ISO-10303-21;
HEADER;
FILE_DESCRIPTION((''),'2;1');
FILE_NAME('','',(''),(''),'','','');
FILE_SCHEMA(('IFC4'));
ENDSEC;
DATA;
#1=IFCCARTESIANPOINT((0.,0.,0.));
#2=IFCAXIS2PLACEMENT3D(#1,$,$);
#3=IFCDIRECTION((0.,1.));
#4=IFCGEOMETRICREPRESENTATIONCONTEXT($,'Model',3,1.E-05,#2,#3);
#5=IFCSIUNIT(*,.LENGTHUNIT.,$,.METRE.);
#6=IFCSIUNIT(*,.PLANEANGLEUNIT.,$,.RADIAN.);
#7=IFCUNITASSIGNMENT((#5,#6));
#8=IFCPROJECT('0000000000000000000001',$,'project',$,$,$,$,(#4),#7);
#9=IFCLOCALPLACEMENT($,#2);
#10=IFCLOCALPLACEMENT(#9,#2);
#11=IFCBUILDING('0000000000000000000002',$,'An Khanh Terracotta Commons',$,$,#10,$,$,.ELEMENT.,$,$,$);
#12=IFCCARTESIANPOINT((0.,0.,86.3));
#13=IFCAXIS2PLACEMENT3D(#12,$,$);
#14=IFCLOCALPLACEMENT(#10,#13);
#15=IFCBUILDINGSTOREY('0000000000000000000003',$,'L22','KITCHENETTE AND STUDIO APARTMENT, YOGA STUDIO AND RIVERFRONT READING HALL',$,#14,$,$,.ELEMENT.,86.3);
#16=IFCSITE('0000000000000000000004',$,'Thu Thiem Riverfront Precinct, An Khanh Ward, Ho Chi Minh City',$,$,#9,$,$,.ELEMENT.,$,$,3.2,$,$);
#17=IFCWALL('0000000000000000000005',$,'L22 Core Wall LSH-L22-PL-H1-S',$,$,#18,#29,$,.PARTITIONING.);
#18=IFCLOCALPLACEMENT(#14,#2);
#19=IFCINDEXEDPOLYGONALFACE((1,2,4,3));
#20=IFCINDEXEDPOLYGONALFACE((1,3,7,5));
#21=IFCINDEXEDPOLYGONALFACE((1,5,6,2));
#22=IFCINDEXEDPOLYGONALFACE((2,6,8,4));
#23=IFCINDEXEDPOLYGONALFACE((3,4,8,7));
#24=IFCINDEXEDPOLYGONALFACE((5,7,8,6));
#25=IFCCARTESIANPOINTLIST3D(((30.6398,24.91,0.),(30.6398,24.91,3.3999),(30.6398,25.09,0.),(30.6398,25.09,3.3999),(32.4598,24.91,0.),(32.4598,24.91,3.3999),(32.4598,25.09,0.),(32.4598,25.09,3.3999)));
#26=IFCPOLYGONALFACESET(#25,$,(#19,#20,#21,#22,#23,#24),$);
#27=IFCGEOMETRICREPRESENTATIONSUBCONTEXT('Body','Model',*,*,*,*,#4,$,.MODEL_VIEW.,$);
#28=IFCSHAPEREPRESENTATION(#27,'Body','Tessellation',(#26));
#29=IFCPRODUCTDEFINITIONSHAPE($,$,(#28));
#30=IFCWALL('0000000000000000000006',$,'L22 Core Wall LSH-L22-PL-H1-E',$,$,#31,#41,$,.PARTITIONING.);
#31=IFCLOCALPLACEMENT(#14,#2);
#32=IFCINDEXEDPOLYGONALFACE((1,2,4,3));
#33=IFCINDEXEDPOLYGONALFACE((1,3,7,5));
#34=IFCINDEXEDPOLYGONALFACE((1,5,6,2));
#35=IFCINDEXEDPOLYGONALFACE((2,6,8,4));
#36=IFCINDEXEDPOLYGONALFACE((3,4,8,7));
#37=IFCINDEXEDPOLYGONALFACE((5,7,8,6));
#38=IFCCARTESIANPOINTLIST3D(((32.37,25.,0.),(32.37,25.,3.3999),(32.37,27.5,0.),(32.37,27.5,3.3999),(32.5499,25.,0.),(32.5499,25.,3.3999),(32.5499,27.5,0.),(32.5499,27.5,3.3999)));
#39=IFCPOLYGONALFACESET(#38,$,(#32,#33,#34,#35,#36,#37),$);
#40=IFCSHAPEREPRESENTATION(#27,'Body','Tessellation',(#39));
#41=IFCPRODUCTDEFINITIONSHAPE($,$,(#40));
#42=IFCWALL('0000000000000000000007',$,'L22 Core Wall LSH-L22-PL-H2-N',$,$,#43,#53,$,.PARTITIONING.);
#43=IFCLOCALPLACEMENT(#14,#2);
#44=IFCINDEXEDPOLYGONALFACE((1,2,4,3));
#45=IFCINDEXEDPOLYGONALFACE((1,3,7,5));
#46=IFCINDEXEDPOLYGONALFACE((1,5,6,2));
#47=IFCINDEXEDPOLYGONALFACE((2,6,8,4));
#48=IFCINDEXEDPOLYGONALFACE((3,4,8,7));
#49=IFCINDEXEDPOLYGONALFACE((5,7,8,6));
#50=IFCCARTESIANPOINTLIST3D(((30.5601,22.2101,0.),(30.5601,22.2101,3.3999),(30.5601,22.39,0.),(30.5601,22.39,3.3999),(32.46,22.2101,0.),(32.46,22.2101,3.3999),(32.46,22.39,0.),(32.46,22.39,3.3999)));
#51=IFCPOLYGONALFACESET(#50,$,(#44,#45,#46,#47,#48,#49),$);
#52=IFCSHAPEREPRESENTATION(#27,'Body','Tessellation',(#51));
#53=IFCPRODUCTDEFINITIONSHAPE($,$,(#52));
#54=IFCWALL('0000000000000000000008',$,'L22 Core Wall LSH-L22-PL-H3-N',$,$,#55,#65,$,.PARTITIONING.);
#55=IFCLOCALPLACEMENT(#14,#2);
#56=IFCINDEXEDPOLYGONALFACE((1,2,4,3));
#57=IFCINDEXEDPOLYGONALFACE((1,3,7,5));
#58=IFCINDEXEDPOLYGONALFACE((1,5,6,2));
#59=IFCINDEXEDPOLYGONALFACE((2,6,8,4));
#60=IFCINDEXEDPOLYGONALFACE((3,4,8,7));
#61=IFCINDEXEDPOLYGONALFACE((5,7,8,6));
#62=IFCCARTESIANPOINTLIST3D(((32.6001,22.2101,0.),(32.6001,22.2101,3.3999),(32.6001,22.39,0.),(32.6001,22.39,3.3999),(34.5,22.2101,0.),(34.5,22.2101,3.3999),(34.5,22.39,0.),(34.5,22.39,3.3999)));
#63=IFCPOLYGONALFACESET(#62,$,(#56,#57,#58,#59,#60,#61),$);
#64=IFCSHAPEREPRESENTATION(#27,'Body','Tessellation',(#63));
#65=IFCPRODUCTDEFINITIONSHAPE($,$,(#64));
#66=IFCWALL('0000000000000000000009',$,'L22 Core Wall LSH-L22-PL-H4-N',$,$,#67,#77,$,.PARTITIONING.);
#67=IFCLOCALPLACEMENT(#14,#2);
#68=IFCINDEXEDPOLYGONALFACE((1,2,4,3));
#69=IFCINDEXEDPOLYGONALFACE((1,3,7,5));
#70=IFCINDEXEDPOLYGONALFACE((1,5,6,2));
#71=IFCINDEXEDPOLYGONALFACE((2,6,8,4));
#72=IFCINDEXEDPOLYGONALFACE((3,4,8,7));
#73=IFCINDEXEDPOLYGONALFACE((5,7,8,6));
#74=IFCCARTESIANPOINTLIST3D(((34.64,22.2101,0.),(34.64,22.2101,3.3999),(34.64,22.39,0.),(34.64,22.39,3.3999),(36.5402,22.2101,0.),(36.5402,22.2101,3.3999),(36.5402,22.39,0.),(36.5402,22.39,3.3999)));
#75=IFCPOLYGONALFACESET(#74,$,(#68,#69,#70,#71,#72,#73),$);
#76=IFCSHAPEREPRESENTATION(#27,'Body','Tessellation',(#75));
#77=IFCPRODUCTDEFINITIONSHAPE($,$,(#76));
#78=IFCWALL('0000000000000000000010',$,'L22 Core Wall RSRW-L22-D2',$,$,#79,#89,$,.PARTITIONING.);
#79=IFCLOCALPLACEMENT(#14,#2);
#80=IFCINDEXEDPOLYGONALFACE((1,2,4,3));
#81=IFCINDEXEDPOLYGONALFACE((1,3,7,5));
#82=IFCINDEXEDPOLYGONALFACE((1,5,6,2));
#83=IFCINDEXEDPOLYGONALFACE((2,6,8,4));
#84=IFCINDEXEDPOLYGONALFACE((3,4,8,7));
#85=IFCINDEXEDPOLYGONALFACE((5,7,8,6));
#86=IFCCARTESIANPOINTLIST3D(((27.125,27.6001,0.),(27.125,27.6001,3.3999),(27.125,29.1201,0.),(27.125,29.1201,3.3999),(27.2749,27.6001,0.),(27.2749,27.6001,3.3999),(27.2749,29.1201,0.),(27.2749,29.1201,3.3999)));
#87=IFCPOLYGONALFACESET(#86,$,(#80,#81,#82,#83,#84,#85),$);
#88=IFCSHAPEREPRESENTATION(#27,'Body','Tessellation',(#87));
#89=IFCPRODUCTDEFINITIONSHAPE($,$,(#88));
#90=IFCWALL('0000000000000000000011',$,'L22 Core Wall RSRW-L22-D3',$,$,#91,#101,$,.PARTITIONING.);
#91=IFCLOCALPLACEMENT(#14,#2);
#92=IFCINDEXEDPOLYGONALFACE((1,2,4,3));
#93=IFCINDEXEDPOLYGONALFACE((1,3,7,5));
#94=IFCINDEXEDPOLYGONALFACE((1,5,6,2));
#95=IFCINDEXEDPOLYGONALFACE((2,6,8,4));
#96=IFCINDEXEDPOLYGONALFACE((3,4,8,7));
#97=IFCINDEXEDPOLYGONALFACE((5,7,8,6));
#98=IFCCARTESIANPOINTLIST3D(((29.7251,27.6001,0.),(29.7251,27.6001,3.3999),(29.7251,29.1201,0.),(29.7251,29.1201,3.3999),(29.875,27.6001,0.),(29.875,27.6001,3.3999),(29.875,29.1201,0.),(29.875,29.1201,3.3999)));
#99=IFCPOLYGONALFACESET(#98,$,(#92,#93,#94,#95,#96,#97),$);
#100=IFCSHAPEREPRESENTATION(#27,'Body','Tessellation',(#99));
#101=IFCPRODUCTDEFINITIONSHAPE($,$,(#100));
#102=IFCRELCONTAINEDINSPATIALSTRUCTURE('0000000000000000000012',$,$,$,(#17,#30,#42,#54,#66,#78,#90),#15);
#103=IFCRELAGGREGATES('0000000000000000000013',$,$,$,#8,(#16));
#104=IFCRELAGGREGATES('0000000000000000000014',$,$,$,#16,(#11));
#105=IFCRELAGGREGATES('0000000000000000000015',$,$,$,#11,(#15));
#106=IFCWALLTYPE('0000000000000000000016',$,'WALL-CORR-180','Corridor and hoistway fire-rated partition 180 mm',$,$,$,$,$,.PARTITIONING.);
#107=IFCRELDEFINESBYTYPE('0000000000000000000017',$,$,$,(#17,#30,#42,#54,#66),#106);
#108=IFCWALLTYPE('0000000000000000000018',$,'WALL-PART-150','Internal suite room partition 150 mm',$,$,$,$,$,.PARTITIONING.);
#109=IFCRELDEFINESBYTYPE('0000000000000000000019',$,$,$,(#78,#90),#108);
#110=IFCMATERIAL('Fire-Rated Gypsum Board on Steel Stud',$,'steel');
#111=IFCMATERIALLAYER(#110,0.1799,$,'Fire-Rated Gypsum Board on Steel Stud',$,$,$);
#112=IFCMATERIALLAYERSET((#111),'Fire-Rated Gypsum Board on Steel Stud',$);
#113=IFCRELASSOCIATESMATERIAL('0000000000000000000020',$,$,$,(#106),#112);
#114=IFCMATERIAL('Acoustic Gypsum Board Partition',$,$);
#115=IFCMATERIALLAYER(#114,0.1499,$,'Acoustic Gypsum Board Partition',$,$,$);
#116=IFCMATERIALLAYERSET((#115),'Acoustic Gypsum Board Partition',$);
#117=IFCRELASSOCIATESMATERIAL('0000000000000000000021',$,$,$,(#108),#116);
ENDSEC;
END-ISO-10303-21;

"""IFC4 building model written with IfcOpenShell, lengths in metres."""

from ifc_helpers import new_model, si_unit, direction, frame, frame_2d, origin, place, context, subcontext, project, spatial, rectangle, extrude, material, layer, layer_set, type_object, element, save


model = new_model("IFC4")

# Units and contexts
model_context = context("Model", 3, precision=1e-05, world=origin(), true_north=direction((0.0, 1.0)))
body_context = subcontext(model_context, "Body", "Model", "MODEL_VIEW")
ifc_project = project(units=[si_unit("LENGTHUNIT", "METRE"), si_unit("PLANEANGLEUNIT", "RADIAN")], contexts=[model_context])

# Site, building, storey
site_placement = place(None, origin())
site = spatial("IfcSite", under=ifc_project, at=site_placement, Name="Thu Thiem Riverfront Precinct, An Khanh Ward, Ho Chi Minh City", CompositionType="ELEMENT", RefElevation=3.2)
building_placement = place(site_placement, origin())
building = spatial("IfcBuilding", under=site, at=building_placement, Name="An Khanh Terracotta Commons", CompositionType="ELEMENT")
storey_placement = place(building_placement, frame((0.0, 0.0, 86.3)))
storey = spatial("IfcBuildingStorey", under=building, at=storey_placement, Name="L22", Description="KITCHENETTE AND STUDIO APARTMENT, YOGA STUDIO AND RIVERFRONT READING HALL", CompositionType="ELEMENT", Elevation=86.3)

# Shared definitions
ifc_material_1 = material(Name="Fire-Rated Gypsum Board on Steel Stud", Category="steel")
ifc_layer_1 = layer(ifc_material_1, 0.1799, Name="Fire-Rated Gypsum Board on Steel Stud")
ifc_layer_set_1 = layer_set([ifc_layer_1], Name="Fire-Rated Gypsum Board on Steel Stud")
wall_type_1 = type_object("IfcWallType", Name="WALL-CORR-180", Description="Corridor and hoistway fire-rated partition 180 mm", PredefinedType="PARTITIONING", material=ifc_layer_set_1)

# Walls
wall_1_placement = place(storey_placement, frame((32.46, 25.0, 0.0), z_axis=(0.0, 0.0, 1.0), x_axis=(-1.0, 0.0, 0.0)))
element("IfcWall", 1, at=wall_1_placement, inside=storey, type_object=wall_type_1, Name="L22 Core Wall LSH-L22-PL-H1-S", PredefinedType="PARTITIONING", context=body_context, shape_type="SweptSolid", body=[
    extrude(rectangle(XDim=1.8201, YDim=0.1799, at=frame_2d((0.9102, 0.0))), origin(), (0.0, 0.0, 1.0), 3.3999),
])
wall_2_placement = place(storey_placement, frame((32.46, 25.0, 0.0), z_axis=(0.0, 0.0, 1.0), x_axis=(0.0, 1.0, 0.0)))
element("IfcWall", 2, at=wall_2_placement, inside=storey, type_object=wall_type_1, Name="L22 Core Wall LSH-L22-PL-H1-E", PredefinedType="PARTITIONING", context=body_context, shape_type="SweptSolid", body=[
    extrude(rectangle(XDim=2.5, YDim=0.1799, at=frame_2d((1.25, 0.0))), origin(), (0.0, 0.0, 1.0), 3.3999),
])
for number, where, z_axis, x_axis, name in (
    (3, (30.5601, 22.3, 0.0), (0.0, 0.0, 1.0), (1.0, 0.0, 0.0), "L22 Core Wall LSH-L22-PL-H2-N"),
    (4, (32.6001, 22.3, 0.0), (0.0, 0.0, 1.0), (1.0, 0.0, 0.0), "L22 Core Wall LSH-L22-PL-H3-N"),
):
    element("IfcWall", number, at=place(storey_placement, frame(where, z_axis=z_axis, x_axis=x_axis)), inside=storey, type_object=wall_type_1, Name=name, PredefinedType="PARTITIONING", context=body_context, shape_type="SweptSolid", body=[
        extrude(rectangle(XDim=1.8999, YDim=0.1799, at=frame_2d((0.95, 0.0))), origin(), (0.0, 0.0, 1.0), 3.3999),
    ])
wall_3_placement = place(storey_placement, frame((34.6399, 22.3, 0.0), z_axis=(0.0, 0.0, 1.0), x_axis=(1.0, 0.0, 0.0)))
element("IfcWall", 5, at=wall_3_placement, inside=storey, type_object=wall_type_1, Name="L22 Core Wall LSH-L22-PL-H4-N", PredefinedType="PARTITIONING", context=body_context, shape_type="SweptSolid", body=[
    extrude(rectangle(XDim=1.9001, YDim=0.1799, at=frame_2d((0.9502, 0.0))), origin(), (0.0, 0.0, 1.0), 3.3999),
])
ifc_material_2 = material(Name="Acoustic Gypsum Board Partition")
ifc_layer_2 = layer(ifc_material_2, 0.1499, Name="Acoustic Gypsum Board Partition")
ifc_layer_set_2 = layer_set([ifc_layer_2], Name="Acoustic Gypsum Board Partition")
wall_type_2 = type_object("IfcWallType", Name="WALL-PART-150", Description="Internal suite room partition 150 mm", PredefinedType="PARTITIONING", material=ifc_layer_set_2)
for number, where, z_axis, x_axis, name in (
    (6, (27.2, 27.6001, 0.0), (0.0, 0.0, 1.0), (0.0, 1.0, 0.0), "L22 Core Wall RSRW-L22-D2"),
    (7, (29.8, 27.6001, 0.0), (0.0, 0.0, 1.0), (0.0, 1.0, 0.0), "L22 Core Wall RSRW-L22-D3"),
):
    element("IfcWall", number, at=place(storey_placement, frame(where, z_axis=z_axis, x_axis=x_axis)), inside=storey, type_object=wall_type_2, Name=name, PredefinedType="PARTITIONING", context=body_context, shape_type="SweptSolid", body=[
        extrude(rectangle(XDim=1.52, YDim=0.1499, at=frame_2d((0.76, 0.0))), origin(), (0.0, 0.0, 1.0), 3.3999),
    ])

save(model, "model.ifc")
